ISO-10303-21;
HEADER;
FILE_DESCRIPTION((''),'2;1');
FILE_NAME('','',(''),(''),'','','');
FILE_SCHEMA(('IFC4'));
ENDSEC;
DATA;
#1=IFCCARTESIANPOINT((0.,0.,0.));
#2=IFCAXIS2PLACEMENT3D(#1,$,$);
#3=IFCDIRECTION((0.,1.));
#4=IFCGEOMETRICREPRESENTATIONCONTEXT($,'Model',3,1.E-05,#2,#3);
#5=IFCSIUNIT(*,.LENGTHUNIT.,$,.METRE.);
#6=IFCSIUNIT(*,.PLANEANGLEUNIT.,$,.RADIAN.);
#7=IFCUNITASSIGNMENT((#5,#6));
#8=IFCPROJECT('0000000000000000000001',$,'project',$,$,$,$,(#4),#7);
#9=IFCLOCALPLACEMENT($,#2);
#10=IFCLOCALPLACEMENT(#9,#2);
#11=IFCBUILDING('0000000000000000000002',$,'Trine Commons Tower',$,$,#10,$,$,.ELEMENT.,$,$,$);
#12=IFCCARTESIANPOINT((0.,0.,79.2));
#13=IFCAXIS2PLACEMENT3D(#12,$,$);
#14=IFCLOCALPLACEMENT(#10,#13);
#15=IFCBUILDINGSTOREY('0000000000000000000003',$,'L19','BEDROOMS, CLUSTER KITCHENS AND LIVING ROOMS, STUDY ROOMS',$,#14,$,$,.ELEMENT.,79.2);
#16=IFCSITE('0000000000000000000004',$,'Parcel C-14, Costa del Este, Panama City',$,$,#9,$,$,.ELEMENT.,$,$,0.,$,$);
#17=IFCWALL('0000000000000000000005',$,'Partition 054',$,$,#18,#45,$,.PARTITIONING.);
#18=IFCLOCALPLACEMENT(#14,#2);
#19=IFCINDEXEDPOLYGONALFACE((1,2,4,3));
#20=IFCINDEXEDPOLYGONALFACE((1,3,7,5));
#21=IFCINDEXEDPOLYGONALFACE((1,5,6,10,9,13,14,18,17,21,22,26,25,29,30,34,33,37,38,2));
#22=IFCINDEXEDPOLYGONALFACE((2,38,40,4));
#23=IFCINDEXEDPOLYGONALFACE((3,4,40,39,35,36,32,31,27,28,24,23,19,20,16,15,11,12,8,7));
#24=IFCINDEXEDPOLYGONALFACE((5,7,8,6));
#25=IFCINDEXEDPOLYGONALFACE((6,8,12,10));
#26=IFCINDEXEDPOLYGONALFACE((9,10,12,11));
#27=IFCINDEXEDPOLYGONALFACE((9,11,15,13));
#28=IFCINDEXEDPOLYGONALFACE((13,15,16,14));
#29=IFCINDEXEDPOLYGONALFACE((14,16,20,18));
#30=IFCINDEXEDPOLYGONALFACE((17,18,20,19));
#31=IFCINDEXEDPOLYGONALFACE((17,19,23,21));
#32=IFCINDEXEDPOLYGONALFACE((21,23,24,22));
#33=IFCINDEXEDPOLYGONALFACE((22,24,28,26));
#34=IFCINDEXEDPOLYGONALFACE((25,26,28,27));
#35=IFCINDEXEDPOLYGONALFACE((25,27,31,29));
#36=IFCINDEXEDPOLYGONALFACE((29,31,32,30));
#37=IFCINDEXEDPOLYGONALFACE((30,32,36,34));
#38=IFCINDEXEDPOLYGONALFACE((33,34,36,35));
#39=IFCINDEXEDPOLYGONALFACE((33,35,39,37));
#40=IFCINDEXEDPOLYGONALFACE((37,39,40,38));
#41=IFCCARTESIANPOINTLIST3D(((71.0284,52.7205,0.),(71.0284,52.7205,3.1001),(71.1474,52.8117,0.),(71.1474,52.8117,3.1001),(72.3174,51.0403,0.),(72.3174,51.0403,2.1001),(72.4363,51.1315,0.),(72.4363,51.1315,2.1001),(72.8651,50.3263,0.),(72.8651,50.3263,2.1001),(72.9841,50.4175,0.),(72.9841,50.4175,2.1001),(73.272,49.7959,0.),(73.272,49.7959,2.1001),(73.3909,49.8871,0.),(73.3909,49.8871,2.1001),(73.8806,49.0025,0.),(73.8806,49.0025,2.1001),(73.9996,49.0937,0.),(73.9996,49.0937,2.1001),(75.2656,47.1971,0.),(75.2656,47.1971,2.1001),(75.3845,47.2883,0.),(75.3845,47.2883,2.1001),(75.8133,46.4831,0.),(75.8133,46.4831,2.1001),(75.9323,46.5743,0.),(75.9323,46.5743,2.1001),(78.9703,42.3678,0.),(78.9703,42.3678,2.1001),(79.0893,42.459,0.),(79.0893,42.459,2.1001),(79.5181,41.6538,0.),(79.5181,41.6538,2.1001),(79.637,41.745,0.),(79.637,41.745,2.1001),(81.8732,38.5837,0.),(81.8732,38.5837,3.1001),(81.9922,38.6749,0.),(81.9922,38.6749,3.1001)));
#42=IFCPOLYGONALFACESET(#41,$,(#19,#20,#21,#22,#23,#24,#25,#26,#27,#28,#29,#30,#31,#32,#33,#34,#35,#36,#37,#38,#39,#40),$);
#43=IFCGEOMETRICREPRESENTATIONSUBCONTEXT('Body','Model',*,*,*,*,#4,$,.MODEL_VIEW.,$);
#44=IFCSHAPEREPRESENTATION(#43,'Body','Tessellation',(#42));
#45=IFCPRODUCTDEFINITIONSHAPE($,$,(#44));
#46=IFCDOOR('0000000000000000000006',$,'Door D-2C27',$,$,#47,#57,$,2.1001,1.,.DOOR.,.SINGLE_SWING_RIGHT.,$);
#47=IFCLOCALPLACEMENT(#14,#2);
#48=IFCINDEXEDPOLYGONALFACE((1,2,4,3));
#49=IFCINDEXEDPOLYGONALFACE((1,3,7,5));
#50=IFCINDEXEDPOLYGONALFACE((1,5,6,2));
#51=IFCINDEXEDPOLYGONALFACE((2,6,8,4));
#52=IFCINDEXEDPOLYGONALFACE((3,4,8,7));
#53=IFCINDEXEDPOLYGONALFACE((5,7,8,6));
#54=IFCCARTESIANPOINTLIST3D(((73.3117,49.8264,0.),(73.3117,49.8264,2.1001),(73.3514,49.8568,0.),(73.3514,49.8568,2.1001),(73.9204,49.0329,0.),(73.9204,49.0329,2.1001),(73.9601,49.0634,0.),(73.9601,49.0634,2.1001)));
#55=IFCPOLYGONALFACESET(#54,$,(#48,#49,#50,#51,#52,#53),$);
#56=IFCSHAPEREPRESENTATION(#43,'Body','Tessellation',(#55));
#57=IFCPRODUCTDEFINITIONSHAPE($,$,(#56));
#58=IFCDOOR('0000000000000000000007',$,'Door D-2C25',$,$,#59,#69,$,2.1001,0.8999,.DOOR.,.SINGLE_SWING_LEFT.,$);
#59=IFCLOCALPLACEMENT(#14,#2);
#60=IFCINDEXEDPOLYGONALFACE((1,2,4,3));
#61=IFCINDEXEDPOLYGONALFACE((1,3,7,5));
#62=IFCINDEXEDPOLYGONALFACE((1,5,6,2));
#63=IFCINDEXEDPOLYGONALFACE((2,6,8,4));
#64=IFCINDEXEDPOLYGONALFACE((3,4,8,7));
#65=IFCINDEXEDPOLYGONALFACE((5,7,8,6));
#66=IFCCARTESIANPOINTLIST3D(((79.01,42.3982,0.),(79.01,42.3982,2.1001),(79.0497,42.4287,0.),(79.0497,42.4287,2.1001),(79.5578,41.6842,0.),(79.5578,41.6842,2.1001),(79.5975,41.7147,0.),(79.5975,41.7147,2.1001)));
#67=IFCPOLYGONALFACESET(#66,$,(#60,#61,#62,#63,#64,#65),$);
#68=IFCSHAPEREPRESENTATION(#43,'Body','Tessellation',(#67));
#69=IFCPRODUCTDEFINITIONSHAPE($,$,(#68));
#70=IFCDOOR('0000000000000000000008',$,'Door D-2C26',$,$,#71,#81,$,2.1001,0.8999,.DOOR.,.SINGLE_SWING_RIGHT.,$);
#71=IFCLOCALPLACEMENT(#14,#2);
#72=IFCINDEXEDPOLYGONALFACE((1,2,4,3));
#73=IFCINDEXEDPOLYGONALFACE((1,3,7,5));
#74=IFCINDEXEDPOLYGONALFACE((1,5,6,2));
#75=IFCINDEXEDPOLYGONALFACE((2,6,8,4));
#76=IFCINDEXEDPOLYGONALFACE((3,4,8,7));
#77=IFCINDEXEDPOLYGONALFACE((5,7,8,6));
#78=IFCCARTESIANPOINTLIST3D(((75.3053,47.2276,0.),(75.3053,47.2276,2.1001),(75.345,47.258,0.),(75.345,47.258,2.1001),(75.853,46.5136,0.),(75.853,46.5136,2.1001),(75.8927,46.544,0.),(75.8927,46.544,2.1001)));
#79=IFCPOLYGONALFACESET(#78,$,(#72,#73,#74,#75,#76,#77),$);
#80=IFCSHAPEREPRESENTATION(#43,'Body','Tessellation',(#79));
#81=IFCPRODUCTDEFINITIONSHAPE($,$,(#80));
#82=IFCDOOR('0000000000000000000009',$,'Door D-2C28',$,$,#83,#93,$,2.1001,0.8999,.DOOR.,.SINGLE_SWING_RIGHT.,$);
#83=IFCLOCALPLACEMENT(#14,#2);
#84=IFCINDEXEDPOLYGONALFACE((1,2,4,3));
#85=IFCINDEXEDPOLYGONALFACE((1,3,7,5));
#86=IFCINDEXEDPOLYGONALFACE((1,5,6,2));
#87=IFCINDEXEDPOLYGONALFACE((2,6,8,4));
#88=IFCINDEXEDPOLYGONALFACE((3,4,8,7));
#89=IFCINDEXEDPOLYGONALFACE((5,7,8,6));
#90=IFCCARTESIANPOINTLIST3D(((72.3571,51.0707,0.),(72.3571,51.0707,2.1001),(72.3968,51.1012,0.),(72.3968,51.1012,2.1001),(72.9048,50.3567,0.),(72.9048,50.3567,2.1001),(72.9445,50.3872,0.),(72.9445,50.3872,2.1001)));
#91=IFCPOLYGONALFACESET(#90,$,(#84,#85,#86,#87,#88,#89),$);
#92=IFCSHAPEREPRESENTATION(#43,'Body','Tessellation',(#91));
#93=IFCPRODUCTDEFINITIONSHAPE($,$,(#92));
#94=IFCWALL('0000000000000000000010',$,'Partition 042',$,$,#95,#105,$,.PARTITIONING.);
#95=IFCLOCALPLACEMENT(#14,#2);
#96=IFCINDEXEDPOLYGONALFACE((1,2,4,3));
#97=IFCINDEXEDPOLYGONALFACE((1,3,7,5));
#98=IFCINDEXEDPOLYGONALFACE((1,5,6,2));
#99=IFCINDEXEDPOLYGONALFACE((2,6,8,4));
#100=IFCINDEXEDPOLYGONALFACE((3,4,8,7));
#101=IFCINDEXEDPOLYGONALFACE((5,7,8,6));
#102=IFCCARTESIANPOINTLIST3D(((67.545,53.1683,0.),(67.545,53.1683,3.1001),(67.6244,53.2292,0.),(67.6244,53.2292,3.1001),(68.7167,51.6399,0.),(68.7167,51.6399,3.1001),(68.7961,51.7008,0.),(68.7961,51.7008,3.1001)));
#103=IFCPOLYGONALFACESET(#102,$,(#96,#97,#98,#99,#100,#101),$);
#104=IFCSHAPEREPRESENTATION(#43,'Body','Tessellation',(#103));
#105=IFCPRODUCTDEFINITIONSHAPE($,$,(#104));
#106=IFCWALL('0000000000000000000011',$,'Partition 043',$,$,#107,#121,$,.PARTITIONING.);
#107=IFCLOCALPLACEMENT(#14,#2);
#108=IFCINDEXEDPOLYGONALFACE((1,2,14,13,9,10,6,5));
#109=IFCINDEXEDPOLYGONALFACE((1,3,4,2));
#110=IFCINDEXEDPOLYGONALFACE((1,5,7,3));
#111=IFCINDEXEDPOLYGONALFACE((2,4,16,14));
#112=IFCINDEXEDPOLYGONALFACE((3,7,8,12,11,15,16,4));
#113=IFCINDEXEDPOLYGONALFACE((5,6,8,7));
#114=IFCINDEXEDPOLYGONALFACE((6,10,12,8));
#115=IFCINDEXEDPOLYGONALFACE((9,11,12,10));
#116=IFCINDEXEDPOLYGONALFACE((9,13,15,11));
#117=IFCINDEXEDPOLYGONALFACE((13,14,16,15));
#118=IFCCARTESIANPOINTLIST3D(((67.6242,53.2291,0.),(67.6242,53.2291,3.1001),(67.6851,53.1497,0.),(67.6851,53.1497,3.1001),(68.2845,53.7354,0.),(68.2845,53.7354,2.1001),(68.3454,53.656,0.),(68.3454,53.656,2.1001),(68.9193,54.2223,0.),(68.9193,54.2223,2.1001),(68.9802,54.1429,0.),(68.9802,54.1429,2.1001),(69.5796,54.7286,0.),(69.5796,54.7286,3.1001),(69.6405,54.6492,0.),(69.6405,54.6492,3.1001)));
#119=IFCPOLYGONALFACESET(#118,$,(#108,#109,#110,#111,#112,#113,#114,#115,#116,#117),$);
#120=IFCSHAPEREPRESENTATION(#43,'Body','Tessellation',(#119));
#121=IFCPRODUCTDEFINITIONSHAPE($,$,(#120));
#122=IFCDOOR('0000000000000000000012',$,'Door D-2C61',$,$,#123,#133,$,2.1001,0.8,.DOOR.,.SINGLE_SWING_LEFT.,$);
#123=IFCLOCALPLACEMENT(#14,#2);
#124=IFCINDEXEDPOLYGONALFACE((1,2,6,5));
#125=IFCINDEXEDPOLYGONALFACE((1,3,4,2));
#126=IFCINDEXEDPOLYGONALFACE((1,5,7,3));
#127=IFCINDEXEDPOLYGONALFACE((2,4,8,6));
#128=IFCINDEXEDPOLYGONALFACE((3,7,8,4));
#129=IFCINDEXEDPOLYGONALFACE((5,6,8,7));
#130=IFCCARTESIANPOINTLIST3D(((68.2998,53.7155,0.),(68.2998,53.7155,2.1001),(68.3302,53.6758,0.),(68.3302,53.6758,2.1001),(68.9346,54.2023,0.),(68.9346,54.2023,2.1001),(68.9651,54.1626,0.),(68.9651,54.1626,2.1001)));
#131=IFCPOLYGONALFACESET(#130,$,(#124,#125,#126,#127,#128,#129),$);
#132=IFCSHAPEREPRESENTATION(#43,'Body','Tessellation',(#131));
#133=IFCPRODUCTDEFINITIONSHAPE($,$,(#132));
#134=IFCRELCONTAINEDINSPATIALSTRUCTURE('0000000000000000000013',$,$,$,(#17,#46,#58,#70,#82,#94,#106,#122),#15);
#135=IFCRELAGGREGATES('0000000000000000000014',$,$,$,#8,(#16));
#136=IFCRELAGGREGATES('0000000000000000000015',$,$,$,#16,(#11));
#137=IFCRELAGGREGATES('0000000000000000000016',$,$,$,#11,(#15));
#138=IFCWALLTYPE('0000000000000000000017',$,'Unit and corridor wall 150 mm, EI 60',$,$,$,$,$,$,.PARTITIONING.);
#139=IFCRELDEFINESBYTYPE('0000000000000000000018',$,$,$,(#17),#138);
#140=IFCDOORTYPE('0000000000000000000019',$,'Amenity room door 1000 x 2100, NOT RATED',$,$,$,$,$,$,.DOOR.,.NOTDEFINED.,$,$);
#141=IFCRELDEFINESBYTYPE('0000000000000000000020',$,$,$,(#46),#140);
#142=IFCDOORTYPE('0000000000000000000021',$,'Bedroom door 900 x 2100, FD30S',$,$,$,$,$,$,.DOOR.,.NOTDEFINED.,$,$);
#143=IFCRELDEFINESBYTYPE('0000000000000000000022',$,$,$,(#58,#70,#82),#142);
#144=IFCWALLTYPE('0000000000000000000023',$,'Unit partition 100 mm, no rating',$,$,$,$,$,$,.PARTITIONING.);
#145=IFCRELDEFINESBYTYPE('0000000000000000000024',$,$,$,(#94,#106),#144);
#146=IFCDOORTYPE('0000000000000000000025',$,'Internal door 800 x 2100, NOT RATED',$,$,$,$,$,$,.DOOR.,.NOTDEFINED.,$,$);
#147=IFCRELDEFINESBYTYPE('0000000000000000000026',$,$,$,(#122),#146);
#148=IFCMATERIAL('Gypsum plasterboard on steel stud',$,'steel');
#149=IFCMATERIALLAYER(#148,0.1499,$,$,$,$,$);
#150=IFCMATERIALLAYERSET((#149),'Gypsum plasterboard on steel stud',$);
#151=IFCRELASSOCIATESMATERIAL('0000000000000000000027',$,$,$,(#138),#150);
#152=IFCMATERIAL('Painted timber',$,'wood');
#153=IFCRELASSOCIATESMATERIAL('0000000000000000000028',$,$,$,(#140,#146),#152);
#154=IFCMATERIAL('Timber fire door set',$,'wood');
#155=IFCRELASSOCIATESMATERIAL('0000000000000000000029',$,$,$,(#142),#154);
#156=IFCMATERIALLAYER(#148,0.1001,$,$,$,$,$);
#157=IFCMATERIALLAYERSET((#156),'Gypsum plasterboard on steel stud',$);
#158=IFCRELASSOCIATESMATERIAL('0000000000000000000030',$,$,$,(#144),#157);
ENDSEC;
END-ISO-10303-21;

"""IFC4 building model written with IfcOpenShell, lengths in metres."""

from ifc_helpers import new_model, si_unit, direction, frame, frame_2d, origin, place, context, subcontext, project, spatial, rectangle, extrude, material, layer, layer_set, type_object, element, fill, save


model = new_model("IFC4")

# Units and contexts
model_context = context("Model", 3, precision=1e-05, world=origin(), true_north=direction((0.0, 1.0)))
body_context = subcontext(model_context, "Body", "Model", "MODEL_VIEW")
ifc_project = project(units=[si_unit("LENGTHUNIT", "METRE"), si_unit("PLANEANGLEUNIT", "RADIAN")], contexts=[model_context])

# Site, building, storey
site_placement = place(None, origin())
site = spatial("IfcSite", under=ifc_project, at=site_placement, Name="Parcel C-14, Costa del Este, Panama City", CompositionType="ELEMENT", RefElevation=0.0)
building_placement = place(site_placement, origin())
building = spatial("IfcBuilding", under=site, at=building_placement, Name="Trine Commons Tower", CompositionType="ELEMENT")
storey_placement = place(building_placement, frame((0.0, 0.0, 79.2)))
storey = spatial("IfcBuildingStorey", under=building, at=storey_placement, Name="L19", Description="BEDROOMS, CLUSTER KITCHENS AND LIVING ROOMS, STUDY ROOMS", CompositionType="ELEMENT", Elevation=79.2)

# Shared definitions
ifc_material_1 = material(Name="Gypsum plasterboard on steel stud", Category="steel")
ifc_layer_1 = layer(ifc_material_1, 0.1499)
ifc_layer_set_1 = layer_set([ifc_layer_1], Name="Gypsum plasterboard on steel stud")
wall_type_1 = type_object("IfcWallType", Name="Unit and corridor wall 150 mm, EI 60", PredefinedType="PARTITIONING", material=ifc_layer_set_1)

# Wall, openings, doors
wall_1_placement = place(storey_placement, frame((71.0879, 52.7661, 0.0), z_axis=(0.0, 0.0, 1.0), x_axis=(0.608664, -0.793428, 0.0)))
wall_1 = element("IfcWall", 1, at=wall_1_placement, inside=storey, type_object=wall_type_1, Name="Partition 054", PredefinedType="PARTITIONING", context=body_context, shape_type="SweptSolid", body=[
    extrude(rectangle(XDim=17.8174, YDim=0.1499, at=frame_2d((8.9087, 0.0))), origin(), (0.0, 0.0, 1.0), 3.1001),
])
opening_1_placement = place(wall_1_placement, frame((13.0481, 0.0, 0.0)))
opening_1 = element("IfcOpeningElement", 2, at=opening_1_placement, cuts=wall_1, PredefinedType="OPENING", context=body_context, shape_type="SweptSolid", body=[
    extrude(rectangle(XDim=0.8999, YDim=2.1001, at=frame_2d((0.45, 1.05))), frame((0.0, 0.085, 0.0), z_axis=(0.0, -1.0, 0.0), x_axis=(1.0, 0.0, 0.0)), (0.0, 0.0, 1.0), 0.1699),
])
opening_2_placement = place(wall_1_placement, frame((6.9614, 0.0, 0.0)))
opening_2 = element("IfcOpeningElement", 3, at=opening_2_placement, cuts=wall_1, PredefinedType="OPENING", context=body_context, shape_type="SweptSolid", body=[
    extrude(rectangle(XDim=0.8999, YDim=2.1001, at=frame_2d((0.45, 1.05))), frame((0.0, 0.085, 0.0), z_axis=(0.0, -1.0, 0.0), x_axis=(1.0, 0.0, 0.0)), (0.0, 0.0, 1.0), 0.1699),
])
opening_3_placement = place(wall_1_placement, frame((3.686, 0.0, 0.0)))
opening_3 = element("IfcOpeningElement", 4, at=opening_3_placement, cuts=wall_1, PredefinedType="OPENING", context=body_context, shape_type="SweptSolid", body=[
    extrude(rectangle(XDim=1.0, YDim=2.1001, at=frame_2d((0.5, 1.05))), frame((0.0, 0.085, 0.0), z_axis=(0.0, -1.0, 0.0), x_axis=(1.0, 0.0, 0.0)), (0.0, 0.0, 1.0), 0.1699),
])
opening_4_placement = place(wall_1_placement, frame((2.1177, 0.0, 0.0)))
opening_4 = element("IfcOpeningElement", 5, at=opening_4_placement, cuts=wall_1, PredefinedType="OPENING", context=body_context, shape_type="SweptSolid", body=[
    extrude(rectangle(XDim=0.8999, YDim=2.1001, at=frame_2d((0.45, 1.05))), frame((0.0, 0.085, 0.0), z_axis=(0.0, -1.0, 0.0), x_axis=(1.0, 0.0, 0.0)), (0.0, 0.0, 1.0), 0.1699),
])
ifc_material_2 = material(Name="Painted timber", Category="wood")
door_type_1 = type_object("IfcDoorType", Name="Amenity room door 1000 x 2100, NOT RATED", OperationType="NOTDEFINED", PredefinedType="DOOR", material=ifc_material_2)
door_1_placement = place(opening_3_placement, frame((1.0, 0.0, 0.0), z_axis=(0.0, 0.0, 1.0), x_axis=(-1.0, 0.0, 0.0)))
door_1 = element("IfcDoor", 6, at=door_1_placement, inside=storey, type_object=door_type_1, Name="Door D-2C27", OperationType="SINGLE_SWING_RIGHT", OverallHeight=2.1001, OverallWidth=1.0, PredefinedType="DOOR", context=body_context, shape_type="SweptSolid", body=[
    extrude(rectangle(XDim=1.0, YDim=2.1001, at=frame_2d((0.5, 1.05))), frame((0.0, 0.0249, 0.0), z_axis=(0.0, -1.0, 0.0), x_axis=(1.0, 0.0, 0.0)), (0.0, 0.0, 1.0), 0.05),
])
fill(opening_3, door_1)
ifc_material_3 = material(Name="Timber fire door set", Category="wood")
door_type_2 = type_object("IfcDoorType", Name="Bedroom door 900 x 2100, FD30S", OperationType="NOTDEFINED", PredefinedType="DOOR", material=ifc_material_3)
door_2_placement = place(opening_1_placement, frame((0.8999, 0.0, 0.0), z_axis=(0.0, 0.0, 1.0), x_axis=(-1.0, 0.0, 0.0)))
door_2 = element("IfcDoor", 7, at=door_2_placement, inside=storey, type_object=door_type_2, Name="Door D-2C25", OperationType="SINGLE_SWING_LEFT", OverallHeight=2.1001, OverallWidth=0.8999, PredefinedType="DOOR", context=body_context, shape_type="SweptSolid", body=[
    extrude(rectangle(XDim=0.8999, YDim=2.1001, at=frame_2d((0.45, 1.05))), frame((0.0, 0.0249, 0.0), z_axis=(0.0, -1.0, 0.0), x_axis=(1.0, 0.0, 0.0)), (0.0, 0.0, 1.0), 0.05),
])
fill(opening_1, door_2)
door_3_placement = place(opening_2_placement, frame((0.8999, 0.0, 0.0), z_axis=(0.0, 0.0, 1.0), x_axis=(-1.0, 0.0, 0.0)))
door_3 = element("IfcDoor", 8, at=door_3_placement, inside=storey, type_object=door_type_2, Name="Door D-2C26", OperationType="SINGLE_SWING_RIGHT", OverallHeight=2.1001, OverallWidth=0.8999, PredefinedType="DOOR", context=body_context, shape_type="SweptSolid", body=[
    extrude(rectangle(XDim=0.8999, YDim=2.1001, at=frame_2d((0.45, 1.05))), frame((0.0, 0.0249, 0.0), z_axis=(0.0, -1.0, 0.0), x_axis=(1.0, 0.0, 0.0)), (0.0, 0.0, 1.0), 0.05),
])
fill(opening_2, door_3)
door_4_placement = place(opening_4_placement, frame((0.8999, 0.0, 0.0), z_axis=(0.0, 0.0, 1.0), x_axis=(-1.0, 0.0, 0.0)))
door_4 = element("IfcDoor", 9, at=door_4_placement, inside=storey, type_object=door_type_2, Name="Door D-2C28", OperationType="SINGLE_SWING_RIGHT", OverallHeight=2.1001, OverallWidth=0.8999, PredefinedType="DOOR", context=body_context, shape_type="SweptSolid", body=[
    extrude(rectangle(XDim=0.8999, YDim=2.1001, at=frame_2d((0.45, 1.05))), frame((0.0, 0.0249, 0.0), z_axis=(0.0, -1.0, 0.0), x_axis=(1.0, 0.0, 0.0)), (0.0, 0.0, 1.0), 0.05),
])
fill(opening_4, door_4)

# Wall
ifc_layer_2 = layer(ifc_material_1, 0.1001)
ifc_layer_set_2 = layer_set([ifc_layer_2], Name="Gypsum plasterboard on steel stud")
wall_type_2 = type_object("IfcWallType", Name="Unit partition 100 mm, no rating", PredefinedType="PARTITIONING", material=ifc_layer_set_2)
wall_2_placement = place(storey_placement, frame((67.5847, 53.1987, 0.0), z_axis=(0.0, 0.0, 1.0), x_axis=(0.608405, -0.793627, 0.0)))
element("IfcWall", 10, at=wall_2_placement, inside=storey, type_object=wall_type_2, Name="Partition 042", PredefinedType="PARTITIONING", context=body_context, shape_type="SweptSolid", body=[
    extrude(rectangle(XDim=1.9258, YDim=0.1001, at=frame_2d((0.9629, 0.0))), origin(), (0.0, 0.0, 1.0), 3.1001),
])

# Wall, opening, door
wall_3_placement = place(storey_placement, frame((67.6548, 53.1895, 0.0), z_axis=(0.0, 0.0, 1.0), x_axis=(0.793522, 0.608542, 0.0)))
wall_3 = element("IfcWall", 11, at=wall_3_placement, inside=storey, type_object=wall_type_2, Name="Partition 043", PredefinedType="PARTITIONING", context=body_context, shape_type="SweptSolid", body=[
    extrude(rectangle(XDim=2.4641, YDim=0.1001, at=frame_2d((1.2319, 0.0))), origin(), (0.0, 0.0, 1.0), 3.1001),
])
opening_5_placement = place(wall_3_placement, frame((0.832, 0.0, 0.0)))
opening_5 = element("IfcOpeningElement", 12, at=opening_5_placement, cuts=wall_3, PredefinedType="OPENING", context=body_context, shape_type="SweptSolid", body=[
    extrude(rectangle(XDim=0.8, YDim=2.1001, at=frame_2d((0.3999, 1.05))), frame((0.0, 0.0601, 0.0), z_axis=(0.0, -1.0, 0.0), x_axis=(1.0, 0.0, 0.0)), (0.0, 0.0, 1.0), 0.1201),
])
door_type_3 = type_object("IfcDoorType", Name="Internal door 800 x 2100, NOT RATED", OperationType="NOTDEFINED", PredefinedType="DOOR", material=ifc_material_2)
door_5_placement = place(opening_5_placement, origin())
door_5 = element("IfcDoor", 13, at=door_5_placement, inside=storey, type_object=door_type_3, Name="Door D-2C61", OperationType="SINGLE_SWING_LEFT", OverallHeight=2.1001, OverallWidth=0.8, PredefinedType="DOOR", context=body_context, shape_type="SweptSolid", body=[
    extrude(rectangle(XDim=0.8, YDim=2.1001, at=frame_2d((0.3999, 1.05))), frame((0.0, 0.0249, 0.0), z_axis=(0.0, -1.0, 0.0), x_axis=(1.0, 0.0, 0.0)), (0.0, 0.0, 1.0), 0.05),
])
fill(opening_5, door_5)

save(model, "model.ifc")
